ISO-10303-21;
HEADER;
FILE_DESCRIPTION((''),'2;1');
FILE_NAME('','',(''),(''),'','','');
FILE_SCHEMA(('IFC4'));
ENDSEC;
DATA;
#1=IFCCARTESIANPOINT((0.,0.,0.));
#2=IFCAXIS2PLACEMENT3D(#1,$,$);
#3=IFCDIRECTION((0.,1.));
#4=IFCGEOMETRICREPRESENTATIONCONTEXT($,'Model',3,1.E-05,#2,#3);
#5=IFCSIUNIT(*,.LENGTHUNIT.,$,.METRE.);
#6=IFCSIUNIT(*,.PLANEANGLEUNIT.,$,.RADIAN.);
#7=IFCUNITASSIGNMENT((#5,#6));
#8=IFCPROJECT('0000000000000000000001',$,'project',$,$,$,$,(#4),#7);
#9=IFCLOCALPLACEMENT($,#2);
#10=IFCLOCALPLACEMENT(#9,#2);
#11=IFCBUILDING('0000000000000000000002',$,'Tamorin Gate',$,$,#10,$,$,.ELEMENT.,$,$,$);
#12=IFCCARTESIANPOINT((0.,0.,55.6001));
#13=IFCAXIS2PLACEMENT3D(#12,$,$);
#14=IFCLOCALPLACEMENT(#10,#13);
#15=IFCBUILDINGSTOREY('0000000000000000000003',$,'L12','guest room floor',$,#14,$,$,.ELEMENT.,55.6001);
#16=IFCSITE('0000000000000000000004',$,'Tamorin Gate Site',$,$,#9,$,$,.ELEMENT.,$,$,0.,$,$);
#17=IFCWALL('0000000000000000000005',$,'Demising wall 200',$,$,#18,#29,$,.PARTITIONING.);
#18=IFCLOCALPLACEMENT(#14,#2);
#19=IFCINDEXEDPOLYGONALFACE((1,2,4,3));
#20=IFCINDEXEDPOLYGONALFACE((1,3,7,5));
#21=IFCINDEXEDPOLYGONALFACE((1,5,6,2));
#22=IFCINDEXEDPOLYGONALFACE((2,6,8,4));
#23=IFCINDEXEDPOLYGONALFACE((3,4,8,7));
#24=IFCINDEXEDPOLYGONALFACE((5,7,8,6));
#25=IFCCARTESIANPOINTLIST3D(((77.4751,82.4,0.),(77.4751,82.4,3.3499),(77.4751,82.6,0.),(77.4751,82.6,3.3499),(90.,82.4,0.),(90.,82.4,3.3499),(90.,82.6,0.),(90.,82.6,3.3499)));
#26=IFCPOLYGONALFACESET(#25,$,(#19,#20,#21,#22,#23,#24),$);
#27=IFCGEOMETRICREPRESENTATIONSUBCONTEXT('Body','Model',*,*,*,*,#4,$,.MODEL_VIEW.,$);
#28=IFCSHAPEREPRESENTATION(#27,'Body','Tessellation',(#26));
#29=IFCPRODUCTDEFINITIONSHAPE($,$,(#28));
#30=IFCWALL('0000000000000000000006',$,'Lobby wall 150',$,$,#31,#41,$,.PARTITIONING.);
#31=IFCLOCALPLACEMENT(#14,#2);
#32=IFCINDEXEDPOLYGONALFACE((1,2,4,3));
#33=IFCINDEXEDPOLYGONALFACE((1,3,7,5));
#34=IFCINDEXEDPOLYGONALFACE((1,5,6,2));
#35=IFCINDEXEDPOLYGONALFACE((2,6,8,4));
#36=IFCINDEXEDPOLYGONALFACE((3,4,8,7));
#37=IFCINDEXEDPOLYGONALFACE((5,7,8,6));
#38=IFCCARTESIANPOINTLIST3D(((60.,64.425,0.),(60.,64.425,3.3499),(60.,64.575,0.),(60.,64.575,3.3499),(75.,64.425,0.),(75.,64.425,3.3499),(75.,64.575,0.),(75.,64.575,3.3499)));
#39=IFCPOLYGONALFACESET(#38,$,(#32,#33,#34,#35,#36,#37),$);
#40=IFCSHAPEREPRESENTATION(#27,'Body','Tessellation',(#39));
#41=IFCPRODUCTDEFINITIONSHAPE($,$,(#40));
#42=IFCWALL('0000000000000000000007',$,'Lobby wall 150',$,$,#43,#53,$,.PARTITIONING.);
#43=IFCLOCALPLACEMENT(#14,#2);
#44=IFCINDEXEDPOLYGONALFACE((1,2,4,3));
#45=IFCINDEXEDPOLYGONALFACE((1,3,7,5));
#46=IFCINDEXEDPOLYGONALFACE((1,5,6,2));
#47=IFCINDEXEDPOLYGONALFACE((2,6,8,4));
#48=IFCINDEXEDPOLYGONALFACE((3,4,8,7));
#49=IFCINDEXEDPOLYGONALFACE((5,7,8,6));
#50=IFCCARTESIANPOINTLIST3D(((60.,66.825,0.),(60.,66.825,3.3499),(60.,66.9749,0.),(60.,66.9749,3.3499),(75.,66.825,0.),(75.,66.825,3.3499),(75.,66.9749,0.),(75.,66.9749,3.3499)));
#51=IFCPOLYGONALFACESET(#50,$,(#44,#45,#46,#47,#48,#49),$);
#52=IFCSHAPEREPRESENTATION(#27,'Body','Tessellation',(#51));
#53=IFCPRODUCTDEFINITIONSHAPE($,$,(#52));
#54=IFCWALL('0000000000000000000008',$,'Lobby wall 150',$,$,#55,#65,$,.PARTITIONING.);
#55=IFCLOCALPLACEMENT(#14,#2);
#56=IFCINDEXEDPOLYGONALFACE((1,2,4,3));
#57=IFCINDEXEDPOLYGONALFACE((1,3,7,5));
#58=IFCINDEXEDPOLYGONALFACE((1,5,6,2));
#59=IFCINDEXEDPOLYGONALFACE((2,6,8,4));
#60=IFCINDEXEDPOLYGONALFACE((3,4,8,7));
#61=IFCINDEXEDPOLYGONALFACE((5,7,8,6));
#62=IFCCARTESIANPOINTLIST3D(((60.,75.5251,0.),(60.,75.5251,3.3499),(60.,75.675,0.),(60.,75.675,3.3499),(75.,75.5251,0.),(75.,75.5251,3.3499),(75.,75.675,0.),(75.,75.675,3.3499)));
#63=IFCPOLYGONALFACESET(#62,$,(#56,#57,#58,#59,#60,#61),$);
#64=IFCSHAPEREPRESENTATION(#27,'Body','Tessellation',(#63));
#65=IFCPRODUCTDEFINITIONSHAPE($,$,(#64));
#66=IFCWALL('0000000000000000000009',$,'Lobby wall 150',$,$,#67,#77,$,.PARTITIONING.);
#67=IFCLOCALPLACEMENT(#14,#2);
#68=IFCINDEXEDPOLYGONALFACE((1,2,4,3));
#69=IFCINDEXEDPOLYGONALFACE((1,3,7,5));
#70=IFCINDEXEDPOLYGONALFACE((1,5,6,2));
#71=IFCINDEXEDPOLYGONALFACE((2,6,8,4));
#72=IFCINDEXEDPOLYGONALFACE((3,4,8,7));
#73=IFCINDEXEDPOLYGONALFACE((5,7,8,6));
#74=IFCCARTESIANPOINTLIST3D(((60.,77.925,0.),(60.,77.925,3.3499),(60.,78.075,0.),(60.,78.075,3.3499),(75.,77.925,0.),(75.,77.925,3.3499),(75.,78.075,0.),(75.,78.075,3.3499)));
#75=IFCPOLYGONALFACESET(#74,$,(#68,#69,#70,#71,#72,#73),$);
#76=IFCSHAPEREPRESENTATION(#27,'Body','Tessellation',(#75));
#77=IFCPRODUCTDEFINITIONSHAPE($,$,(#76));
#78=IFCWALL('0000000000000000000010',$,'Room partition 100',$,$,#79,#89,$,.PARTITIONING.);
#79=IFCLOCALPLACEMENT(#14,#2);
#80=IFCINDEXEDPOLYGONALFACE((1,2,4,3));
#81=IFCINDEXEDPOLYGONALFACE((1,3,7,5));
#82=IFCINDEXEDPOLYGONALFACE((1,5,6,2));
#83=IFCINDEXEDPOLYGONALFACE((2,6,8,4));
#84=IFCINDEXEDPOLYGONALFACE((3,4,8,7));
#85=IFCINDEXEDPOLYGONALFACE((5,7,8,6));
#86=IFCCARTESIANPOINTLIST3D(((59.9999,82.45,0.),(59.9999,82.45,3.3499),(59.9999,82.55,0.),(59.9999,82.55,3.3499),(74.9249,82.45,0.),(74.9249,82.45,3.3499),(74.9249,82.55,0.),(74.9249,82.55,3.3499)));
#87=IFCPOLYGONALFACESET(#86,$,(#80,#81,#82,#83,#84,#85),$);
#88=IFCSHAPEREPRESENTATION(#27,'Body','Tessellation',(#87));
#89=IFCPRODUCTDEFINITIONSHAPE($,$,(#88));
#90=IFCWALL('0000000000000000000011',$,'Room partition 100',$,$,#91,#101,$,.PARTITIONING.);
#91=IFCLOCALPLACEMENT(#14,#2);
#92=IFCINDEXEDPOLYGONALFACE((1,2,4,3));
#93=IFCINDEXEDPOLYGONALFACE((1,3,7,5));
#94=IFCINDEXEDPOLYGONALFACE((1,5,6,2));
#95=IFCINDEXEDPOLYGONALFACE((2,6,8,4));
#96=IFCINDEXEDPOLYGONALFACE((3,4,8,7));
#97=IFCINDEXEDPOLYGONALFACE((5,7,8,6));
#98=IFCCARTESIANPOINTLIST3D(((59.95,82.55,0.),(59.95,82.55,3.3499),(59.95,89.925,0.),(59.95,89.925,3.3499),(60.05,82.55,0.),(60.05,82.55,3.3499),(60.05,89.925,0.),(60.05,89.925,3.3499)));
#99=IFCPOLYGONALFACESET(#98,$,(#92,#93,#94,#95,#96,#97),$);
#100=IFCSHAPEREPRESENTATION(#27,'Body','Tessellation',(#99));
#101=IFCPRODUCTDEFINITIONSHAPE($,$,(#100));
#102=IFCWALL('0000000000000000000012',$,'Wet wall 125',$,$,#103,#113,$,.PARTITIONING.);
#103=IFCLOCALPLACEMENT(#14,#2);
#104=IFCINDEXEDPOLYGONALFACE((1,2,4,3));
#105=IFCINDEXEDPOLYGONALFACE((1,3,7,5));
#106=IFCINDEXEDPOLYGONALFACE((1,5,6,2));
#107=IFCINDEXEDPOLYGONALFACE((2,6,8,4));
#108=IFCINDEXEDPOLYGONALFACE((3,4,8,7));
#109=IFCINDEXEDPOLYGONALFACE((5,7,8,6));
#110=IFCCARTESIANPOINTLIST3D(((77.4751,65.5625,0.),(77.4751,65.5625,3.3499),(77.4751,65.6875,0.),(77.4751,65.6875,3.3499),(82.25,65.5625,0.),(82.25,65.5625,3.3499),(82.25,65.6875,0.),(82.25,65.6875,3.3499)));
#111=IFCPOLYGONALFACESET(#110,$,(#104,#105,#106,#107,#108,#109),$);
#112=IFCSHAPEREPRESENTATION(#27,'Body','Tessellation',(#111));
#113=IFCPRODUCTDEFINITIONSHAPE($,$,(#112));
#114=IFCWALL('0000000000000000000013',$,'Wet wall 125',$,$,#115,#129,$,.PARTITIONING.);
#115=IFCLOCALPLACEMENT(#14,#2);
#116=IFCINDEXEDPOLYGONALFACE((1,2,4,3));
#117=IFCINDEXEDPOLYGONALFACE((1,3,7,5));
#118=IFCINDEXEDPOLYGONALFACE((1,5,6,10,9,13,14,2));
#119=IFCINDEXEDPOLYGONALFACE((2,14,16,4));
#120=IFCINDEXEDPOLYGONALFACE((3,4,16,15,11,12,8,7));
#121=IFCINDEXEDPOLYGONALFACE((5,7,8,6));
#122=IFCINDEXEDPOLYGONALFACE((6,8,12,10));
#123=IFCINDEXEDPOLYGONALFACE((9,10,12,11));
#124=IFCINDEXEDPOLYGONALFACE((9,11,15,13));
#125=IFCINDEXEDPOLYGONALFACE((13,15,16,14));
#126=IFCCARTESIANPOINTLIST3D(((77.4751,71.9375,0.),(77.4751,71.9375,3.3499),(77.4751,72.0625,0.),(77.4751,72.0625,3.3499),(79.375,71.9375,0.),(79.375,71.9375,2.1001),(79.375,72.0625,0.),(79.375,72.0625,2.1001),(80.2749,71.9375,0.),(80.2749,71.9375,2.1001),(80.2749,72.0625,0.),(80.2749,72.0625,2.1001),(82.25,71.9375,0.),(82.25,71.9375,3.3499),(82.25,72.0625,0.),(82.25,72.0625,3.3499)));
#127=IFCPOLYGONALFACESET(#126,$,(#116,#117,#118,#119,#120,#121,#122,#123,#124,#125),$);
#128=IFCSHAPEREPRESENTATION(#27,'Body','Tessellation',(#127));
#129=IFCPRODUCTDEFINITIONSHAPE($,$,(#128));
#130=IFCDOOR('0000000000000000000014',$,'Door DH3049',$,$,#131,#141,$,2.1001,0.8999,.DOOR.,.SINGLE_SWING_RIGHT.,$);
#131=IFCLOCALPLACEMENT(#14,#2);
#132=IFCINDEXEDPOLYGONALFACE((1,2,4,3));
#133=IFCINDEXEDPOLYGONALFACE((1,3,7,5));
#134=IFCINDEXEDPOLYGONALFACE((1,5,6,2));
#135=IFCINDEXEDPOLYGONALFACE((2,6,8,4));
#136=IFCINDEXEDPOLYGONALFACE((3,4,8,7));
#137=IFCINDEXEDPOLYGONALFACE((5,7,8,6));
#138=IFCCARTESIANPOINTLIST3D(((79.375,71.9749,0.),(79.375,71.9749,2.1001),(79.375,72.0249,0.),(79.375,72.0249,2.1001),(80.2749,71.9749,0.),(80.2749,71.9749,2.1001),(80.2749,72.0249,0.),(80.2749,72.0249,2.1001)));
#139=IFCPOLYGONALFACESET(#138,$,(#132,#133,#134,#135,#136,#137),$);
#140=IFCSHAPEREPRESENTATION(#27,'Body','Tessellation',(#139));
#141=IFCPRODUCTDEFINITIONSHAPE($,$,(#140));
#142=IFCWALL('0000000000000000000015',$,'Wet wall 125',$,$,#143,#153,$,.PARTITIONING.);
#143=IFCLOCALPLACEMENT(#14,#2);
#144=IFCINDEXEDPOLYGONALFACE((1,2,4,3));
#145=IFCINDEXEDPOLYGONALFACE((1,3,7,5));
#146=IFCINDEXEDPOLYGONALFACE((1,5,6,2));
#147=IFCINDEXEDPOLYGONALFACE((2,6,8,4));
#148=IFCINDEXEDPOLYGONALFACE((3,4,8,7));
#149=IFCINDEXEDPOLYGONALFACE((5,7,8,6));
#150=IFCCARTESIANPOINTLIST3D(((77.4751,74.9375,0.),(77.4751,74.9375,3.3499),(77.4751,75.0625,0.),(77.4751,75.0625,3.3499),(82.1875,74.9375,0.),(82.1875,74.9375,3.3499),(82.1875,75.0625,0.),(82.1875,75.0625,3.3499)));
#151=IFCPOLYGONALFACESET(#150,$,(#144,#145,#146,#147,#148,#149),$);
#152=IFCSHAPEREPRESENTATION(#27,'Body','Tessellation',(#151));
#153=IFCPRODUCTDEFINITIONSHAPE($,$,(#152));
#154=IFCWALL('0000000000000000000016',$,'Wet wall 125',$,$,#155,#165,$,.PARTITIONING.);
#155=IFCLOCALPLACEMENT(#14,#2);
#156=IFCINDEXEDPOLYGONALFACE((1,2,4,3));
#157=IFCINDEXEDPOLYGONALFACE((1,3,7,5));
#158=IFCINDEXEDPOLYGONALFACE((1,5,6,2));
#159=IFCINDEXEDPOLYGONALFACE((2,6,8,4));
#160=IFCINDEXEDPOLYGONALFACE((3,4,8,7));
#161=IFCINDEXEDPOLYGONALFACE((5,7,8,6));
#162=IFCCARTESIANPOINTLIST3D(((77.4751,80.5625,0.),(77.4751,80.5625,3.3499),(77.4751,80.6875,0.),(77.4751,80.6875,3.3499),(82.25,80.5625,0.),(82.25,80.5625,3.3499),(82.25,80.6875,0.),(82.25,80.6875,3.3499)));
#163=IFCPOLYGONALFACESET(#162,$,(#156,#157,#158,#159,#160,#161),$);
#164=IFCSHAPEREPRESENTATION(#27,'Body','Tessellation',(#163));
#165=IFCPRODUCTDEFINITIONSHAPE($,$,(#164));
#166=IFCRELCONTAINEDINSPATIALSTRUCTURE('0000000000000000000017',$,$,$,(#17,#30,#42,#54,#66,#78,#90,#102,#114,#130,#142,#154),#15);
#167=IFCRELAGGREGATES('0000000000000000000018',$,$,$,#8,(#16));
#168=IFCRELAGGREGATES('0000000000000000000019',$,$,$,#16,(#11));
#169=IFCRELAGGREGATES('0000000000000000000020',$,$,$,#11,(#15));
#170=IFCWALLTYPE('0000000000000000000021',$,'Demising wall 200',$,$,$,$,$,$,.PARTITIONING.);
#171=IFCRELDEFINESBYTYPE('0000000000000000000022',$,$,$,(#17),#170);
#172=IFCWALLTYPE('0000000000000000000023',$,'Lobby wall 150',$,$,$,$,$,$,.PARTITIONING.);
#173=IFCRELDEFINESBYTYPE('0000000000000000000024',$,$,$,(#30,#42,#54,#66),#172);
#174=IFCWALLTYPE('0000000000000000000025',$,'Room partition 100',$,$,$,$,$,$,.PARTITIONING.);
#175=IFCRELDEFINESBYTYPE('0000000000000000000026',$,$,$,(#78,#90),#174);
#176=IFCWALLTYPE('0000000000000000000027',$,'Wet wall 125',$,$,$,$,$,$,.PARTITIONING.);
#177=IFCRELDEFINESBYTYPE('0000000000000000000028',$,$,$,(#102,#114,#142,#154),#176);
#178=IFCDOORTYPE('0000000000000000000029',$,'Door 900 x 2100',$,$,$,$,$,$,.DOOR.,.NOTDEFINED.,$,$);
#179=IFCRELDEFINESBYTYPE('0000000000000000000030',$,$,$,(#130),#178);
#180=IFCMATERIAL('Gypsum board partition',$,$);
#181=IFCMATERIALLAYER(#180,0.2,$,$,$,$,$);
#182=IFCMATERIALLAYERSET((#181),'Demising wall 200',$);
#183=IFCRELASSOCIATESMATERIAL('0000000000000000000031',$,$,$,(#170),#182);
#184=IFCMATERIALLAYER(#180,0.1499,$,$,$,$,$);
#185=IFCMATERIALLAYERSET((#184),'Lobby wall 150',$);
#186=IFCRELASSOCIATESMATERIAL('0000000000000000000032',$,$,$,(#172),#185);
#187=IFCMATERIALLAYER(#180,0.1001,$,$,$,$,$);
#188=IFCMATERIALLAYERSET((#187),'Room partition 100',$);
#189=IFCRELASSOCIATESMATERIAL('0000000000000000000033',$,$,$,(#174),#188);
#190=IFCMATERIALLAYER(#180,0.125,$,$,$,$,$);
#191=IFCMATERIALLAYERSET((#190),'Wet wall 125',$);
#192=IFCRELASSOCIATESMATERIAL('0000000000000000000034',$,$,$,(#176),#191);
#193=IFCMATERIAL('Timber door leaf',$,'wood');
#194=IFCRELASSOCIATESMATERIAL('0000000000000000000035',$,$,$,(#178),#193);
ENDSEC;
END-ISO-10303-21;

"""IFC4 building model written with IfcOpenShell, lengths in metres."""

from ifc_helpers import new_model, si_unit, direction, frame, frame_2d, origin, place, context, subcontext, project, spatial, rectangle, extrude, material, layer, layer_set, type_object, element, fill, save


model = new_model("IFC4")

# Units and contexts
model_context = context("Model", 3, precision=1e-05, world=origin(), true_north=direction((0.0, 1.0)))
body_context = subcontext(model_context, "Body", "Model", "MODEL_VIEW")
ifc_project = project(units=[si_unit("LENGTHUNIT", "METRE"), si_unit("PLANEANGLEUNIT", "RADIAN")], contexts=[model_context])

# Site, building, storey
site_placement = place(None, origin())
site = spatial("IfcSite", under=ifc_project, at=site_placement, Name="Tamorin Gate Site", CompositionType="ELEMENT", RefElevation=0.0)
building_placement = place(site_placement, origin())
building = spatial("IfcBuilding", under=site, at=building_placement, Name="Tamorin Gate", CompositionType="ELEMENT")
storey_placement = place(building_placement, frame((0.0, 0.0, 55.6001)))
storey = spatial("IfcBuildingStorey", under=building, at=storey_placement, Name="L12", Description="guest room floor", CompositionType="ELEMENT", Elevation=55.6001)

# Shared definitions
ifc_material_1 = material(Name="Gypsum board partition")
ifc_material_2 = material(Name="Timber door leaf", Category="wood")

# Walls
ifc_layer_1 = layer(ifc_material_1, 0.2)
ifc_layer_set_1 = layer_set([ifc_layer_1], Name="Demising wall 200")
wall_type_1 = type_object("IfcWallType", Name="Demising wall 200", PredefinedType="PARTITIONING", material=ifc_layer_set_1)
wall_1_placement = place(storey_placement, frame((77.4751, 82.5, 0.0), z_axis=(0.0, 0.0, 1.0), x_axis=(1.0, 0.0, 0.0)))
element("IfcWall", 1, at=wall_1_placement, inside=storey, type_object=wall_type_1, Name="Demising wall 200", PredefinedType="PARTITIONING", context=body_context, shape_type="SweptSolid", body=[
    extrude(rectangle(XDim=12.5249, YDim=0.2, at=frame_2d((6.2625, 0.0))), origin(), (0.0, 0.0, 1.0), 3.3499),
])
ifc_layer_2 = layer(ifc_material_1, 0.1499)
ifc_layer_set_2 = layer_set([ifc_layer_2], Name="Lobby wall 150")
wall_type_2 = type_object("IfcWallType", Name="Lobby wall 150", PredefinedType="PARTITIONING", material=ifc_layer_set_2)
for number, where, z_axis, x_axis, name in (
    (2, (60.0, 64.5, 0.0), (0.0, 0.0, 1.0), (1.0, 0.0, 0.0), "Lobby wall 150"),
    (3, (60.0, 66.8999, 0.0), (0.0, 0.0, 1.0), (1.0, 0.0, 0.0), "Lobby wall 150"),
    (4, (60.0, 75.6001, 0.0), (0.0, 0.0, 1.0), (1.0, 0.0, 0.0), "Lobby wall 150"),
    (5, (60.0, 78.0, 0.0), (0.0, 0.0, 1.0), (1.0, 0.0, 0.0), "Lobby wall 150"),
):
    element("IfcWall", number, at=place(storey_placement, frame(where, z_axis=z_axis, x_axis=x_axis)), inside=storey, type_object=wall_type_2, Name=name, PredefinedType="PARTITIONING", context=body_context, shape_type="SweptSolid", body=[
        extrude(rectangle(XDim=15.0, YDim=0.1499, at=frame_2d((7.5, 0.0))), origin(), (0.0, 0.0, 1.0), 3.3499),
    ])
ifc_layer_3 = layer(ifc_material_1, 0.1001)
ifc_layer_set_3 = layer_set([ifc_layer_3], Name="Room partition 100")
wall_type_3 = type_object("IfcWallType", Name="Room partition 100", PredefinedType="PARTITIONING", material=ifc_layer_set_3)
wall_2_placement = place(storey_placement, frame((60.0, 82.5, 0.0), z_axis=(0.0, 0.0, 1.0), x_axis=(1.0, 0.0, 0.0)))
element("IfcWall", 6, at=wall_2_placement, inside=storey, type_object=wall_type_3, Name="Room partition 100", PredefinedType="PARTITIONING", context=body_context, shape_type="SweptSolid", body=[
    extrude(rectangle(XDim=14.925, YDim=0.1001, at=frame_2d((7.4624, 0.0))), origin(), (0.0, 0.0, 1.0), 3.3499),
])
wall_3_placement = place(storey_placement, frame((60.0, 82.55, 0.0), z_axis=(0.0, 0.0, 1.0), x_axis=(0.0, 1.0, 0.0)))
element("IfcWall", 7, at=wall_3_placement, inside=storey, type_object=wall_type_3, Name="Room partition 100", PredefinedType="PARTITIONING", context=body_context, shape_type="SweptSolid", body=[
    extrude(rectangle(XDim=7.375, YDim=0.1001, at=frame_2d((3.6875, 0.0))), origin(), (0.0, 0.0, 1.0), 3.3499),
])
ifc_layer_4 = layer(ifc_material_1, 0.125)
ifc_layer_set_4 = layer_set([ifc_layer_4], Name="Wet wall 125")
wall_type_4 = type_object("IfcWallType", Name="Wet wall 125", PredefinedType="PARTITIONING", material=ifc_layer_set_4)
wall_4_placement = place(storey_placement, frame((77.4751, 65.625, 0.0), z_axis=(0.0, 0.0, 1.0), x_axis=(1.0, 0.0, 0.0)))
element("IfcWall", 8, at=wall_4_placement, inside=storey, type_object=wall_type_4, Name="Wet wall 125", PredefinedType="PARTITIONING", context=body_context, shape_type="SweptSolid", body=[
    extrude(rectangle(XDim=4.7749, YDim=0.125, at=frame_2d((2.3875, 0.0))), origin(), (0.0, 0.0, 1.0), 3.3499),
])

# Wall, opening, door
wall_5_placement = place(storey_placement, frame((77.4751, 72.0, 0.0), z_axis=(0.0, 0.0, 1.0), x_axis=(1.0, 0.0, 0.0)))
wall_5 = element("IfcWall", 9, at=wall_5_placement, inside=storey, type_object=wall_type_4, Name="Wet wall 125", PredefinedType="PARTITIONING", context=body_context, shape_type="SweptSolid", body=[
    extrude(rectangle(XDim=4.7749, YDim=0.125, at=frame_2d((2.3875, 0.0))), origin(), (0.0, 0.0, 1.0), 3.3499),
])
opening_1_placement = place(wall_5_placement, frame((1.8999, 0.0, 0.0)))
opening_1 = element("IfcOpeningElement", 10, at=opening_1_placement, cuts=wall_5, PredefinedType="OPENING", context=body_context, shape_type="SweptSolid", body=[
    extrude(rectangle(XDim=0.8999, YDim=2.1001, at=frame_2d((0.45, 1.05))), frame((0.0, 0.0725, 0.0), z_axis=(0.0, -1.0, 0.0), x_axis=(1.0, 0.0, 0.0)), (0.0, 0.0, 1.0), 0.145),
])
door_type_1 = type_object("IfcDoorType", Name="Door 900 x 2100", OperationType="NOTDEFINED", PredefinedType="DOOR", material=ifc_material_2)
door_1_placement = place(opening_1_placement, origin())
door_1 = element("IfcDoor", 11, at=door_1_placement, inside=storey, type_object=door_type_1, Name="Door DH3049", OperationType="SINGLE_SWING_RIGHT", OverallHeight=2.1001, OverallWidth=0.8999, PredefinedType="DOOR", context=body_context, shape_type="SweptSolid", body=[
    extrude(rectangle(XDim=0.8999, YDim=2.1001, at=frame_2d((0.45, 1.05))), frame((0.0, 0.0249, 0.0), z_axis=(0.0, -1.0, 0.0), x_axis=(1.0, 0.0, 0.0)), (0.0, 0.0, 1.0), 0.05),
])
fill(opening_1, door_1)

# Walls
wall_6_placement = place(storey_placement, frame((77.4751, 75.0, 0.0), z_axis=(0.0, 0.0, 1.0), x_axis=(1.0, 0.0, 0.0)))
element("IfcWall", 12, at=wall_6_placement, inside=storey, type_object=wall_type_4, Name="Wet wall 125", PredefinedType="PARTITIONING", context=body_context, shape_type="SweptSolid", body=[
    extrude(rectangle(XDim=4.7124, YDim=0.125, at=frame_2d((2.3562, 0.0))), origin(), (0.0, 0.0, 1.0), 3.3499),
])
wall_7_placement = place(storey_placement, frame((77.4751, 80.625, 0.0), z_axis=(0.0, 0.0, 1.0), x_axis=(1.0, 0.0, 0.0)))
element("IfcWall", 13, at=wall_7_placement, inside=storey, type_object=wall_type_4, Name="Wet wall 125", PredefinedType="PARTITIONING", context=body_context, shape_type="SweptSolid", body=[
    extrude(rectangle(XDim=4.7749, YDim=0.125, at=frame_2d((2.3875, 0.0))), origin(), (0.0, 0.0, 1.0), 3.3499),
])

save(model, "model.ifc")
